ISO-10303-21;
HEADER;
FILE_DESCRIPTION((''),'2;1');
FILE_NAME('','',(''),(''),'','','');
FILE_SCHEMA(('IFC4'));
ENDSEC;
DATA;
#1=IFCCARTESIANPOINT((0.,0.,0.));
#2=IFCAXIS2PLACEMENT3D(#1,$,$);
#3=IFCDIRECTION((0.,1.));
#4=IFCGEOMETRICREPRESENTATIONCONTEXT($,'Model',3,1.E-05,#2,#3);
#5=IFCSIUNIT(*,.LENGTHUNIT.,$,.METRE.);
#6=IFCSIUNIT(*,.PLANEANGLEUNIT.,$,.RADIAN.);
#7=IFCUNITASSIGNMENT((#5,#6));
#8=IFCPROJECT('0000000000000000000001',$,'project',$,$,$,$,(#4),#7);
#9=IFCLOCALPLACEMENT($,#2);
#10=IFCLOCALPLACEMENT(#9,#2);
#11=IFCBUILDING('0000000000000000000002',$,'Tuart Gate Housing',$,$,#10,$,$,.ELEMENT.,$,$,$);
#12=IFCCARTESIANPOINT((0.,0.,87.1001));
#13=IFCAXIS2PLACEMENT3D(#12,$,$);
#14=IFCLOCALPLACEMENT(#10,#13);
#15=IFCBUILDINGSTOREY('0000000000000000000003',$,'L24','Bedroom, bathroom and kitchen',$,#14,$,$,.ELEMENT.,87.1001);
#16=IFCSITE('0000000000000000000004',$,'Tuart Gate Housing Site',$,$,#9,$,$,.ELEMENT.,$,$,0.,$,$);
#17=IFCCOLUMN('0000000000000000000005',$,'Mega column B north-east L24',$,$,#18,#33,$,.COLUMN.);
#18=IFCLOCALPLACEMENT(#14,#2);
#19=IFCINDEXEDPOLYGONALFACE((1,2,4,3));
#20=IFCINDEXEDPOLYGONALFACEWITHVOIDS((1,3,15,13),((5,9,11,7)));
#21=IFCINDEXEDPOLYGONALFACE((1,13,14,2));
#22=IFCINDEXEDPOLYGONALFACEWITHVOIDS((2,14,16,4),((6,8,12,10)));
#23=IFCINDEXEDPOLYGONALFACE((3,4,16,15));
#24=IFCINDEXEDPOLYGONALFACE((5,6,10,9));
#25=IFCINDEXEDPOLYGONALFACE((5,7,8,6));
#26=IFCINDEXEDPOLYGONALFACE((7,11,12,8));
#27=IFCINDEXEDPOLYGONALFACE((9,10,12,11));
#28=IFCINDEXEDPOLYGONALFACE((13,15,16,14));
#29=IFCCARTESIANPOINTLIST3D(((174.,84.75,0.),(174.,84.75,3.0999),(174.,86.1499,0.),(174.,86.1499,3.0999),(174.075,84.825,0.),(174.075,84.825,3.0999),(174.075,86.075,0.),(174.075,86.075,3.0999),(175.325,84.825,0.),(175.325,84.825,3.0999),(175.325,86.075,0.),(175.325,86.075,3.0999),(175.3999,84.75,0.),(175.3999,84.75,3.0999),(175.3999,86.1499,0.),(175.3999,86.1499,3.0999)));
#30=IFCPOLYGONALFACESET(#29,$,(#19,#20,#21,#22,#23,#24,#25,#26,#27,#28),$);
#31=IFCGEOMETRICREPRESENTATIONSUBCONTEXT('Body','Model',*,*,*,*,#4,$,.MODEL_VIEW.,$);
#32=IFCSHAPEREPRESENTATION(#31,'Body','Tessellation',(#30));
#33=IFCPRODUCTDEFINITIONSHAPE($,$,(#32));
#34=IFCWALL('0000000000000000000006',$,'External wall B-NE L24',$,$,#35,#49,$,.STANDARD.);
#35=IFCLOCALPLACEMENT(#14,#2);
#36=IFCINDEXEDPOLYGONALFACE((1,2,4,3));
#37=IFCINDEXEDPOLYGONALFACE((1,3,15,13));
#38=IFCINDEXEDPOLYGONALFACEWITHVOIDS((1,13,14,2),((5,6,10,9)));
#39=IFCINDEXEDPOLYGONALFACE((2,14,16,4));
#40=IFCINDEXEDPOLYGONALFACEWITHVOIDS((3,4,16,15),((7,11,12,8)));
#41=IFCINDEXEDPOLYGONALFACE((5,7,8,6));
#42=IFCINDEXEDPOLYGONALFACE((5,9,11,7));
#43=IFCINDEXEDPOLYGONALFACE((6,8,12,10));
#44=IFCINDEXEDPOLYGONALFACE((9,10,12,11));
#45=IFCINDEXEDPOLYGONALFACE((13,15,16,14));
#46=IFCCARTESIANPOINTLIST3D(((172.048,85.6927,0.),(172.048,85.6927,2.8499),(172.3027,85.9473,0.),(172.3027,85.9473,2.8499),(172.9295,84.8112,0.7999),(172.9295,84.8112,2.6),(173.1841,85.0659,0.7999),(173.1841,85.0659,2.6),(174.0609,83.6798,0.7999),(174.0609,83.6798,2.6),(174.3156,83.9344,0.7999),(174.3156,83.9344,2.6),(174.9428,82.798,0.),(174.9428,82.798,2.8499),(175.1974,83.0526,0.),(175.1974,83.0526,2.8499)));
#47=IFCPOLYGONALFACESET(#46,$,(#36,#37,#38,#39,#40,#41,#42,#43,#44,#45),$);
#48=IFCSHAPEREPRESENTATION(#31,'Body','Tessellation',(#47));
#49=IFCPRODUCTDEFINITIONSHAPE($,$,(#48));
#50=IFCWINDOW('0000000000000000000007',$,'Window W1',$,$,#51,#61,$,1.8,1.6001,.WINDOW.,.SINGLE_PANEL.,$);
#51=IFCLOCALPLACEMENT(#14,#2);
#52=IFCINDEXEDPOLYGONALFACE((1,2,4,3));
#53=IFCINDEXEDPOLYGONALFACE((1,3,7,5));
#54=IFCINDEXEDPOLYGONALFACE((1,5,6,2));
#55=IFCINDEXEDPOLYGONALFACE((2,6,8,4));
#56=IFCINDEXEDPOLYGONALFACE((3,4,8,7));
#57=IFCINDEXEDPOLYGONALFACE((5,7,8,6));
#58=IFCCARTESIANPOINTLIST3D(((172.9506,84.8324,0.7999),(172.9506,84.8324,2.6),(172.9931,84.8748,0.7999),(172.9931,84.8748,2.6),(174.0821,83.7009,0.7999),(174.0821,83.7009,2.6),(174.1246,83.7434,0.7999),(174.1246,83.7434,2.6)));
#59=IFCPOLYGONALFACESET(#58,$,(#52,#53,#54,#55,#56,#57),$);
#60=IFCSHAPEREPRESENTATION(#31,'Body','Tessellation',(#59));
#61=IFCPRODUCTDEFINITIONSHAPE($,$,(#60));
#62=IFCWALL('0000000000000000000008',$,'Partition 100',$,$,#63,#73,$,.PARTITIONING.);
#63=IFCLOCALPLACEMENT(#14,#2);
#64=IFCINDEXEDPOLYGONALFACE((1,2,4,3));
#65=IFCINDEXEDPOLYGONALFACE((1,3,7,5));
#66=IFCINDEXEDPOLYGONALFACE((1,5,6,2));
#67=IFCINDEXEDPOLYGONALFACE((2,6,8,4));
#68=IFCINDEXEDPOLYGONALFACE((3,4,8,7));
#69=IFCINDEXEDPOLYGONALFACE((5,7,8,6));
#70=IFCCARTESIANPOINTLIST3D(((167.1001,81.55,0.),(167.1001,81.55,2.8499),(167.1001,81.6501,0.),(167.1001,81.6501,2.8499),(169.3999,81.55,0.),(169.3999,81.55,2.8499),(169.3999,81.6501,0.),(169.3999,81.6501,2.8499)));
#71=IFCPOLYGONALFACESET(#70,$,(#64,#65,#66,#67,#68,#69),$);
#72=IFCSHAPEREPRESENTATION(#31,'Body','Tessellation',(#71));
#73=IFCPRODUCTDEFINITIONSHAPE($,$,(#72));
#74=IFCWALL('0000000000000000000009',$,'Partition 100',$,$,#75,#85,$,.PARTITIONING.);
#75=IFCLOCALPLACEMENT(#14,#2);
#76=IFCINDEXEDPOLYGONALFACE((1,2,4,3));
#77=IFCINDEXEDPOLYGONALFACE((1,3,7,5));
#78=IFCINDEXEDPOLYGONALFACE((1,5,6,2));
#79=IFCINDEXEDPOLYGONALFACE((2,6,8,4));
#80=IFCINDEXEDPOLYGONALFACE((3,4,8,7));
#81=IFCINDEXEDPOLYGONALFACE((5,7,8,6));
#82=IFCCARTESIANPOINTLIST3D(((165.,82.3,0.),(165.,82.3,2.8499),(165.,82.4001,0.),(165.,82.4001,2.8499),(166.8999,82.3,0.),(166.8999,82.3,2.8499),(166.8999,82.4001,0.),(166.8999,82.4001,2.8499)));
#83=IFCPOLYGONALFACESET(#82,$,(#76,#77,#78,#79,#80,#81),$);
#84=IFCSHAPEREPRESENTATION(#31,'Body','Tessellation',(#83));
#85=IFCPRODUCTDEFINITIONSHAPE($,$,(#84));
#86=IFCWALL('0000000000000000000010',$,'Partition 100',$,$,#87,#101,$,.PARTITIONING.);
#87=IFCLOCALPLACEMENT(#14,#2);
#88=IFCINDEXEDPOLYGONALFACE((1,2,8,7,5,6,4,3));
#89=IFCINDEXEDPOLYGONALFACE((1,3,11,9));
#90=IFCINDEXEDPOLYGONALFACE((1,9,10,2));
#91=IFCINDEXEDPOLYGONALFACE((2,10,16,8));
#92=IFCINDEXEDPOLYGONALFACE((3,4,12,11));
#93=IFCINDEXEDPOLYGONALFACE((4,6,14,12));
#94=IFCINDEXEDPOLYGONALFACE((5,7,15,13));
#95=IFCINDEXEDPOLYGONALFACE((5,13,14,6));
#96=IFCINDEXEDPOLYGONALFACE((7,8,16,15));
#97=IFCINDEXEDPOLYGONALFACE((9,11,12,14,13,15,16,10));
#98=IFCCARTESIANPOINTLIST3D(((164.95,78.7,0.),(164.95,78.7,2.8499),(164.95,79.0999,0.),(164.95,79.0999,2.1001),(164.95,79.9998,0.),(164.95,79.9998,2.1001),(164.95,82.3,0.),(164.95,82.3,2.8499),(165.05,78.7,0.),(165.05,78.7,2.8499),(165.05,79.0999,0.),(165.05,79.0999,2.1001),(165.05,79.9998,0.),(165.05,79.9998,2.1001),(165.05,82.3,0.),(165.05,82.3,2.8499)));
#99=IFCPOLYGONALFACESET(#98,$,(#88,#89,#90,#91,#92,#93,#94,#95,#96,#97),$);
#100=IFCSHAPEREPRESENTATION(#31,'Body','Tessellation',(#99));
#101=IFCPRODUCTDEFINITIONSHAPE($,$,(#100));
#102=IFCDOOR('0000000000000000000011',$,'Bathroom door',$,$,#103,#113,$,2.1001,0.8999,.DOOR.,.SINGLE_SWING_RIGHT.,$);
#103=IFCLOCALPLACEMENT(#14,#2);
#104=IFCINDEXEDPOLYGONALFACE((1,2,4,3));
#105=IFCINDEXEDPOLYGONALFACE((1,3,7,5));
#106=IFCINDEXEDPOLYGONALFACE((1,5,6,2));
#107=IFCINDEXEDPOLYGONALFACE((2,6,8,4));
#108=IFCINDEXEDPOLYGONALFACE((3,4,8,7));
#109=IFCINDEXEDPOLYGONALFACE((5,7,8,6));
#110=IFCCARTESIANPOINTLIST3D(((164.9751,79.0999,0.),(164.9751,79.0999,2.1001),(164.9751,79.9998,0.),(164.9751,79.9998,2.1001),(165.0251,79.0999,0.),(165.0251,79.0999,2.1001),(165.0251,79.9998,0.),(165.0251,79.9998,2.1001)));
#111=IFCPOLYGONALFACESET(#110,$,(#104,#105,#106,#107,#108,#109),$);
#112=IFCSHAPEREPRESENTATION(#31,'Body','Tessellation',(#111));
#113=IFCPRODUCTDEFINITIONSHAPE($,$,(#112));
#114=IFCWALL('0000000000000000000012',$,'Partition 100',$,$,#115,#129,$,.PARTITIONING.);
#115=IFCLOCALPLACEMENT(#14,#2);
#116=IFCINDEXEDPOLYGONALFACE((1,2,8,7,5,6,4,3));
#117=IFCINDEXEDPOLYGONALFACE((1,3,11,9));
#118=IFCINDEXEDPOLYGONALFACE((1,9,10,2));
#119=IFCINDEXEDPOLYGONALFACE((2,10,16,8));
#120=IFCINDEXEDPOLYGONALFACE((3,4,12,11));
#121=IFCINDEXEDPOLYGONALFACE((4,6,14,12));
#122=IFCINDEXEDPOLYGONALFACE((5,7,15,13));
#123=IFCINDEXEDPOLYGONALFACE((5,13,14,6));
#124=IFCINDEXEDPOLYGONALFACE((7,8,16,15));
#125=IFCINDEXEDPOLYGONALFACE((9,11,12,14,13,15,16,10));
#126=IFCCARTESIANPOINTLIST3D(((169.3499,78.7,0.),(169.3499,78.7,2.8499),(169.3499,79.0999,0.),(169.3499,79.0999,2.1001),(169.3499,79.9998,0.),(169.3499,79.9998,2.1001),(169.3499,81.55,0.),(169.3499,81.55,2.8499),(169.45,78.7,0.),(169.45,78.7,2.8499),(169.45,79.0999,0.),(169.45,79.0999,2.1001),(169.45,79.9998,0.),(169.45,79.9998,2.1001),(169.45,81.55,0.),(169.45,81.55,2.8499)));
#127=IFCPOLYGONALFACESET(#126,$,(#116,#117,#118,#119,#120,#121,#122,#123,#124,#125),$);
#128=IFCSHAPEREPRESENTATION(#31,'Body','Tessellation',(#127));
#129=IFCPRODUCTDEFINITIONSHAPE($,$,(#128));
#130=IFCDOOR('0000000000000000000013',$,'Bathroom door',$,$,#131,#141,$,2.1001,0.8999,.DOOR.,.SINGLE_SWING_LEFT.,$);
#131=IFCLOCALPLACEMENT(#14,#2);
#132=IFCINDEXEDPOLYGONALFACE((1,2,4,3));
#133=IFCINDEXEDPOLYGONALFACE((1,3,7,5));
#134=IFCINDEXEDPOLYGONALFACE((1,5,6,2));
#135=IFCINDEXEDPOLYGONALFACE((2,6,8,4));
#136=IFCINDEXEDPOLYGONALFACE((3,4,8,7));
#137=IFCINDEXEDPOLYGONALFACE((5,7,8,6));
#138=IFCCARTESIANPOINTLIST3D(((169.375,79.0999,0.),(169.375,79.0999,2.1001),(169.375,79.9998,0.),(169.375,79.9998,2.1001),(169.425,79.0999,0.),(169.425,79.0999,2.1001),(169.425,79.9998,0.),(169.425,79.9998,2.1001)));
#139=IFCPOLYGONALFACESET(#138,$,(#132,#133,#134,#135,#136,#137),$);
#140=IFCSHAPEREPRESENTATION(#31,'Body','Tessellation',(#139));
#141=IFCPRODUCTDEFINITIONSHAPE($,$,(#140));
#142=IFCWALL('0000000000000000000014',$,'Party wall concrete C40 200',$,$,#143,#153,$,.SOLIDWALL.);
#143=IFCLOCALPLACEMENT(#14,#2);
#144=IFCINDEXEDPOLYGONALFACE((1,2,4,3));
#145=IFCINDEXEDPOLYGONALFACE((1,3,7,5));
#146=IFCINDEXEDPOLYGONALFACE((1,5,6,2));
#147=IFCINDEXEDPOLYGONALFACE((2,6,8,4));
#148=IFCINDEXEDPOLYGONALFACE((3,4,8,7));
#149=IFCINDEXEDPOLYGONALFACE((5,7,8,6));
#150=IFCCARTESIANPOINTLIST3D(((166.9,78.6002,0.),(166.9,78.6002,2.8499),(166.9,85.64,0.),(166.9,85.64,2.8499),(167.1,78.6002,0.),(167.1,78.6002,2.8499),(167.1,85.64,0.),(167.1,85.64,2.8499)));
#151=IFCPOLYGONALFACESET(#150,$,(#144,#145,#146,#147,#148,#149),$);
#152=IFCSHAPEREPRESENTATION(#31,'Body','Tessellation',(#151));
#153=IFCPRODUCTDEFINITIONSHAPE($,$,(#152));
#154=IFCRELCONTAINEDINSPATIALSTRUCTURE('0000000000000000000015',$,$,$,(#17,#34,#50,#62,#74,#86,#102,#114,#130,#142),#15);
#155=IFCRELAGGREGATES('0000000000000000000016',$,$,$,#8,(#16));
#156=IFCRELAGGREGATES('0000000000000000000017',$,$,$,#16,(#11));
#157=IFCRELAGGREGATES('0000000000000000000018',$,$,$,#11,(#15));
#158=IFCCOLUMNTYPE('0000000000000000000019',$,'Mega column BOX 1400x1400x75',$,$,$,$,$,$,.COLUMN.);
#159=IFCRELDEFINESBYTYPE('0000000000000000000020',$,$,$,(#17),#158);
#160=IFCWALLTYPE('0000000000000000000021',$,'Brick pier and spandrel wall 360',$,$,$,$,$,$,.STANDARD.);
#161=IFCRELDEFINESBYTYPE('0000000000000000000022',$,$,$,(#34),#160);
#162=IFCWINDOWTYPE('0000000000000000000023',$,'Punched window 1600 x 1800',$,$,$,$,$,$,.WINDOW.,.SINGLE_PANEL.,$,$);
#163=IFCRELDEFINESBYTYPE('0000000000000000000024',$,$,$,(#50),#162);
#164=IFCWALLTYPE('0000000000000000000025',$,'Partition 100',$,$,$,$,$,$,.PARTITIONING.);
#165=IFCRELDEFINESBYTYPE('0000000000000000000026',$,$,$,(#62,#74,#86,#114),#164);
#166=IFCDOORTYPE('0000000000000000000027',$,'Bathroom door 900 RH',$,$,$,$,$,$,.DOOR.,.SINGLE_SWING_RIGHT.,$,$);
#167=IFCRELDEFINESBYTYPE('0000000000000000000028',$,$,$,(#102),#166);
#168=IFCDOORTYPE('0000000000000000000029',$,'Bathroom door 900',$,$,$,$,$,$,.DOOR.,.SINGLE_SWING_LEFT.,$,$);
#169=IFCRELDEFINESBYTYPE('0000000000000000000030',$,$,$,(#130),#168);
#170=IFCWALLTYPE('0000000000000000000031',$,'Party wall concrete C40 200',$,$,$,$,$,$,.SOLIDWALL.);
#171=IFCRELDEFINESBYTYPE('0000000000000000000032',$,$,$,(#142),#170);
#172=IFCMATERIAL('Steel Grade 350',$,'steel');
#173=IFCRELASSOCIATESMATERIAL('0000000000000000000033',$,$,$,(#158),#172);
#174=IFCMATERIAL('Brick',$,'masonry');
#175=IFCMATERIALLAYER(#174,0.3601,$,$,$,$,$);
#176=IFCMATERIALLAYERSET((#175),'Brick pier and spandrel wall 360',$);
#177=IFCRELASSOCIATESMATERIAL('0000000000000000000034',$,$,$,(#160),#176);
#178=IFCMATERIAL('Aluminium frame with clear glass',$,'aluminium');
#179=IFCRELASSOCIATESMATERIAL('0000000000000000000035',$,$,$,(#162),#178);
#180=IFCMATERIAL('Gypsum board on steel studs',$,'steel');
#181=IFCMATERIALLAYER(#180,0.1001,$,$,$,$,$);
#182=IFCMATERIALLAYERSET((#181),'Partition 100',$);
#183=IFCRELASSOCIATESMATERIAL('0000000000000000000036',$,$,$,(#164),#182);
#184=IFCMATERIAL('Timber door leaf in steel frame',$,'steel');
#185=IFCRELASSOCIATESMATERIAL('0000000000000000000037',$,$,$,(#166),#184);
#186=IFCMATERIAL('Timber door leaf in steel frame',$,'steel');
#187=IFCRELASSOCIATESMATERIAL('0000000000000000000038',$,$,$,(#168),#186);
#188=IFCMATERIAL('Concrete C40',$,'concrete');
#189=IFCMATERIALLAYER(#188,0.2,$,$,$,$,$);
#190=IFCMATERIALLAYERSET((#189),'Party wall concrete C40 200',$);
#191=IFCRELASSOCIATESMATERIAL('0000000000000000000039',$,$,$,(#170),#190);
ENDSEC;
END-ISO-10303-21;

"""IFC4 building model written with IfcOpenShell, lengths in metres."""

from ifc_helpers import new_model, si_unit, direction, frame, frame_2d, origin, origin_2d, place, context, subcontext, project, spatial, rectangle, hollow_rectangle, extrude, material, layer, layer_set, material_profile, profile_set, type_object, element, fill, save


model = new_model("IFC4")

# Units and contexts
model_context = context("Model", 3, precision=1e-05, world=origin(), true_north=direction((0.0, 1.0)))
body_context = subcontext(model_context, "Body", "Model", "MODEL_VIEW")
ifc_project = project(units=[si_unit("LENGTHUNIT", "METRE"), si_unit("PLANEANGLEUNIT", "RADIAN")], contexts=[model_context])

# Site, building, storey
site_placement = place(None, origin())
site = spatial("IfcSite", under=ifc_project, at=site_placement, Name="Tuart Gate Housing Site", CompositionType="ELEMENT", RefElevation=0.0)
building_placement = place(site_placement, origin())
building = spatial("IfcBuilding", under=site, at=building_placement, Name="Tuart Gate Housing", CompositionType="ELEMENT")
storey_placement = place(building_placement, frame((0.0, 0.0, 87.1001)))
storey = spatial("IfcBuildingStorey", under=building, at=storey_placement, Name="L24", Description="Bedroom, bathroom and kitchen", CompositionType="ELEMENT", Elevation=87.1001)

# Column
ifc_material_1 = material(Name="Steel Grade 350", Category="steel")
ifc_material_profile = material_profile(ifc_material_1, hollow_rectangle(XDim=1.3999, YDim=1.3999, WallThickness=0.075, at=origin_2d()), Name="BOX 1400x1400x75")
ifc_profile_set = profile_set([ifc_material_profile], Name="Steel Grade 350")
column_type = type_object("IfcColumnType", Name="Mega column BOX 1400x1400x75", PredefinedType="COLUMN", material=ifc_profile_set)
column_placement = place(storey_placement, frame((174.7, 85.45, 0.0), z_axis=(0.0, 0.0, 1.0), x_axis=(1.0, 0.0, 0.0)))
element("IfcColumn", 1, at=column_placement, inside=storey, type_object=column_type, Name="Mega column B north-east L24", PredefinedType="COLUMN", context=body_context, shape_type="SweptSolid", body=[
    extrude(hollow_rectangle(XDim=1.3999, YDim=1.3999, WallThickness=0.075, at=origin_2d()), origin(), (0.0, 0.0, 1.0), 3.0999),
])

# Wall, opening, window
ifc_material_2 = material(Name="Brick", Category="masonry")
ifc_layer_1 = layer(ifc_material_2, 0.3601)
ifc_layer_set_1 = layer_set([ifc_layer_1], Name="Brick pier and spandrel wall 360")
wall_type_1 = type_object("IfcWallType", Name="Brick pier and spandrel wall 360", PredefinedType="STANDARD", material=ifc_layer_set_1)
wall_1_placement = place(storey_placement, frame((175.0701, 82.9253, 0.0), z_axis=(0.0, 0.0, 1.0), x_axis=(-0.707107, 0.707107, 0.0)))
wall_1 = element("IfcWall", 2, at=wall_1_placement, inside=storey, type_object=wall_type_1, Name="External wall B-NE L24", PredefinedType="STANDARD", context=body_context, shape_type="SweptSolid", body=[
    extrude(rectangle(XDim=4.0938, YDim=0.3601, at=frame_2d((2.0469, 0.0))), origin(), (0.0, 0.0, 1.0), 2.8499),
])
opening_1_placement = place(wall_1_placement, frame((1.2471, 0.0, 0.8)))
opening_1 = element("IfcOpeningElement", 3, at=opening_1_placement, cuts=wall_1, PredefinedType="OPENING", context=body_context, shape_type="SweptSolid", body=[
    extrude(rectangle(XDim=1.6001, YDim=1.8, at=frame_2d((0.8, 0.8999))), frame((0.0, 0.1899, 0.0), z_axis=(0.0, -1.0, 0.0), x_axis=(1.0, 0.0, 0.0)), (0.0, 0.0, 1.0), 0.3801),
])
ifc_material_3 = material(Name="Aluminium frame with clear glass", Category="aluminium")
window_type_1 = type_object("IfcWindowType", Name="Punched window 1600 x 1800", PartitioningType="SINGLE_PANEL", PredefinedType="WINDOW", material=ifc_material_3)
window_1_placement = place(opening_1_placement, origin())
window_1 = element("IfcWindow", 4, at=window_1_placement, inside=storey, type_object=window_type_1, Name="Window W1", OverallHeight=1.8, OverallWidth=1.6001, PartitioningType="SINGLE_PANEL", PredefinedType="WINDOW", context=body_context, shape_type="SweptSolid", body=[
    extrude(rectangle(XDim=1.6001, YDim=1.8, at=frame_2d((0.8, 0.8999))), frame((0.0, 0.1501, 0.0), z_axis=(0.0, -1.0, 0.0), x_axis=(1.0, 0.0, 0.0)), (0.0, 0.0, 1.0), 0.0601),
])
fill(opening_1, window_1)

# Walls
ifc_material_4 = material(Name="Gypsum board on steel studs", Category="steel")
ifc_layer_2 = layer(ifc_material_4, 0.1001)
ifc_layer_set_2 = layer_set([ifc_layer_2], Name="Partition 100")
wall_type_2 = type_object("IfcWallType", Name="Partition 100", PredefinedType="PARTITIONING", material=ifc_layer_set_2)
wall_2_placement = place(storey_placement, frame((167.1001, 81.6001, 0.0), z_axis=(0.0, 0.0, 1.0), x_axis=(1.0, 0.0, 0.0)))
element("IfcWall", 5, at=wall_2_placement, inside=storey, type_object=wall_type_2, Name="Partition 100", PredefinedType="PARTITIONING", context=body_context, shape_type="SweptSolid", body=[
    extrude(rectangle(XDim=2.2998, YDim=0.1001, at=frame_2d((1.1499, 0.0))), origin(), (0.0, 0.0, 1.0), 2.8499),
])
wall_3_placement = place(storey_placement, frame((165.0, 82.3501, 0.0), z_axis=(0.0, 0.0, 1.0), x_axis=(1.0, 0.0, 0.0)))
element("IfcWall", 6, at=wall_3_placement, inside=storey, type_object=wall_type_2, Name="Partition 100", PredefinedType="PARTITIONING", context=body_context, shape_type="SweptSolid", body=[
    extrude(rectangle(XDim=1.8999, YDim=0.1001, at=frame_2d((0.95, 0.0))), origin(), (0.0, 0.0, 1.0), 2.8499),
])

# Walls, openings, doors
wall_4_placement = place(storey_placement, frame((165.0, 78.7, 0.0), z_axis=(0.0, 0.0, 1.0), x_axis=(0.0, 1.0, 0.0)))
wall_4 = element("IfcWall", 7, at=wall_4_placement, inside=storey, type_object=wall_type_2, Name="Partition 100", PredefinedType="PARTITIONING", context=body_context, shape_type="SweptSolid", body=[
    extrude(rectangle(XDim=3.6001, YDim=0.1001, at=frame_2d((1.8, 0.0))), origin(), (0.0, 0.0, 1.0), 2.8499),
])
opening_2_placement = place(wall_4_placement, frame((0.3999, 0.0, 0.0)))
opening_2 = element("IfcOpeningElement", 8, at=opening_2_placement, cuts=wall_4, PredefinedType="OPENING", context=body_context, shape_type="SweptSolid", body=[
    extrude(rectangle(XDim=0.8999, YDim=2.1001, at=frame_2d((0.45, 1.05))), frame((0.0, 0.0601, 0.0), z_axis=(0.0, -1.0, 0.0), x_axis=(1.0, 0.0, 0.0)), (0.0, 0.0, 1.0), 0.1201),
])
ifc_material_5 = material(Name="Timber door leaf in steel frame", Category="steel")
door_type_1 = type_object("IfcDoorType", Name="Bathroom door 900 RH", OperationType="SINGLE_SWING_RIGHT", PredefinedType="DOOR", material=ifc_material_5)
door_1_placement = place(opening_2_placement, frame((0.8999, 0.0, 0.0), z_axis=(0.0, 0.0, 1.0), x_axis=(-1.0, 0.0, 0.0)))
door_1 = element("IfcDoor", 9, at=door_1_placement, inside=storey, type_object=door_type_1, Name="Bathroom door", OperationType="SINGLE_SWING_RIGHT", OverallHeight=2.1001, OverallWidth=0.8999, PredefinedType="DOOR", context=body_context, shape_type="SweptSolid", body=[
    extrude(rectangle(XDim=0.8999, YDim=2.1001, at=frame_2d((0.45, 1.05))), frame((0.0, 0.0251, 0.0), z_axis=(0.0, -1.0, 0.0), x_axis=(1.0, 0.0, 0.0)), (0.0, 0.0, 1.0), 0.05),
])
fill(opening_2, door_1)
wall_5_placement = place(storey_placement, frame((169.3999, 78.7, 0.0), z_axis=(0.0, 0.0, 1.0), x_axis=(0.0, 1.0, 0.0)))
wall_5 = element("IfcWall", 10, at=wall_5_placement, inside=storey, type_object=wall_type_2, Name="Partition 100", PredefinedType="PARTITIONING", context=body_context, shape_type="SweptSolid", body=[
    extrude(rectangle(XDim=2.8501, YDim=0.1001, at=frame_2d((1.425, 0.0))), origin(), (0.0, 0.0, 1.0), 2.8499),
])
opening_3_placement = place(wall_5_placement, frame((0.3999, 0.0, 0.0)))
opening_3 = element("IfcOpeningElement", 11, at=opening_3_placement, cuts=wall_5, PredefinedType="OPENING", context=body_context, shape_type="SweptSolid", body=[
    extrude(rectangle(XDim=0.8999, YDim=2.1001, at=frame_2d((0.45, 1.05))), frame((0.0, 0.0601, 0.0), z_axis=(0.0, -1.0, 0.0), x_axis=(1.0, 0.0, 0.0)), (0.0, 0.0, 1.0), 0.1201),
])
ifc_material_6 = material(Name="Timber door leaf in steel frame", Category="steel")
door_type_2 = type_object("IfcDoorType", Name="Bathroom door 900", OperationType="SINGLE_SWING_LEFT", PredefinedType="DOOR", material=ifc_material_6)
door_2_placement = place(opening_3_placement, origin())
door_2 = element("IfcDoor", 12, at=door_2_placement, inside=storey, type_object=door_type_2, Name="Bathroom door", OperationType="SINGLE_SWING_LEFT", OverallHeight=2.1001, OverallWidth=0.8999, PredefinedType="DOOR", context=body_context, shape_type="SweptSolid", body=[
    extrude(rectangle(XDim=0.8999, YDim=2.1001, at=frame_2d((0.45, 1.05))), frame((0.0, 0.0249, 0.0), z_axis=(0.0, -1.0, 0.0), x_axis=(1.0, 0.0, 0.0)), (0.0, 0.0, 1.0), 0.05),
])
fill(opening_3, door_2)

# Wall
ifc_material_7 = material(Name="Concrete C40", Category="concrete")
ifc_layer_3 = layer(ifc_material_7, 0.2)
ifc_layer_set_3 = layer_set([ifc_layer_3], Name="Party wall concrete C40 200")
wall_type_3 = type_object("IfcWallType", Name="Party wall concrete C40 200", PredefinedType="SOLIDWALL", material=ifc_layer_set_3)
wall_6_placement = place(storey_placement, frame((167.0, 78.6001, 0.0), z_axis=(0.0, 0.0, 1.0), x_axis=(0.0, 1.0, 0.0)))
element("IfcWall", 13, at=wall_6_placement, inside=storey, type_object=wall_type_3, Name="Party wall concrete C40 200", PredefinedType="SOLIDWALL", context=body_context, shape_type="SweptSolid", body=[
    extrude(rectangle(XDim=7.0398, YDim=0.2, at=frame_2d((3.52, 0.0))), origin(), (0.0, 0.0, 1.0), 2.8499),
])

save(model, "model.ifc")
